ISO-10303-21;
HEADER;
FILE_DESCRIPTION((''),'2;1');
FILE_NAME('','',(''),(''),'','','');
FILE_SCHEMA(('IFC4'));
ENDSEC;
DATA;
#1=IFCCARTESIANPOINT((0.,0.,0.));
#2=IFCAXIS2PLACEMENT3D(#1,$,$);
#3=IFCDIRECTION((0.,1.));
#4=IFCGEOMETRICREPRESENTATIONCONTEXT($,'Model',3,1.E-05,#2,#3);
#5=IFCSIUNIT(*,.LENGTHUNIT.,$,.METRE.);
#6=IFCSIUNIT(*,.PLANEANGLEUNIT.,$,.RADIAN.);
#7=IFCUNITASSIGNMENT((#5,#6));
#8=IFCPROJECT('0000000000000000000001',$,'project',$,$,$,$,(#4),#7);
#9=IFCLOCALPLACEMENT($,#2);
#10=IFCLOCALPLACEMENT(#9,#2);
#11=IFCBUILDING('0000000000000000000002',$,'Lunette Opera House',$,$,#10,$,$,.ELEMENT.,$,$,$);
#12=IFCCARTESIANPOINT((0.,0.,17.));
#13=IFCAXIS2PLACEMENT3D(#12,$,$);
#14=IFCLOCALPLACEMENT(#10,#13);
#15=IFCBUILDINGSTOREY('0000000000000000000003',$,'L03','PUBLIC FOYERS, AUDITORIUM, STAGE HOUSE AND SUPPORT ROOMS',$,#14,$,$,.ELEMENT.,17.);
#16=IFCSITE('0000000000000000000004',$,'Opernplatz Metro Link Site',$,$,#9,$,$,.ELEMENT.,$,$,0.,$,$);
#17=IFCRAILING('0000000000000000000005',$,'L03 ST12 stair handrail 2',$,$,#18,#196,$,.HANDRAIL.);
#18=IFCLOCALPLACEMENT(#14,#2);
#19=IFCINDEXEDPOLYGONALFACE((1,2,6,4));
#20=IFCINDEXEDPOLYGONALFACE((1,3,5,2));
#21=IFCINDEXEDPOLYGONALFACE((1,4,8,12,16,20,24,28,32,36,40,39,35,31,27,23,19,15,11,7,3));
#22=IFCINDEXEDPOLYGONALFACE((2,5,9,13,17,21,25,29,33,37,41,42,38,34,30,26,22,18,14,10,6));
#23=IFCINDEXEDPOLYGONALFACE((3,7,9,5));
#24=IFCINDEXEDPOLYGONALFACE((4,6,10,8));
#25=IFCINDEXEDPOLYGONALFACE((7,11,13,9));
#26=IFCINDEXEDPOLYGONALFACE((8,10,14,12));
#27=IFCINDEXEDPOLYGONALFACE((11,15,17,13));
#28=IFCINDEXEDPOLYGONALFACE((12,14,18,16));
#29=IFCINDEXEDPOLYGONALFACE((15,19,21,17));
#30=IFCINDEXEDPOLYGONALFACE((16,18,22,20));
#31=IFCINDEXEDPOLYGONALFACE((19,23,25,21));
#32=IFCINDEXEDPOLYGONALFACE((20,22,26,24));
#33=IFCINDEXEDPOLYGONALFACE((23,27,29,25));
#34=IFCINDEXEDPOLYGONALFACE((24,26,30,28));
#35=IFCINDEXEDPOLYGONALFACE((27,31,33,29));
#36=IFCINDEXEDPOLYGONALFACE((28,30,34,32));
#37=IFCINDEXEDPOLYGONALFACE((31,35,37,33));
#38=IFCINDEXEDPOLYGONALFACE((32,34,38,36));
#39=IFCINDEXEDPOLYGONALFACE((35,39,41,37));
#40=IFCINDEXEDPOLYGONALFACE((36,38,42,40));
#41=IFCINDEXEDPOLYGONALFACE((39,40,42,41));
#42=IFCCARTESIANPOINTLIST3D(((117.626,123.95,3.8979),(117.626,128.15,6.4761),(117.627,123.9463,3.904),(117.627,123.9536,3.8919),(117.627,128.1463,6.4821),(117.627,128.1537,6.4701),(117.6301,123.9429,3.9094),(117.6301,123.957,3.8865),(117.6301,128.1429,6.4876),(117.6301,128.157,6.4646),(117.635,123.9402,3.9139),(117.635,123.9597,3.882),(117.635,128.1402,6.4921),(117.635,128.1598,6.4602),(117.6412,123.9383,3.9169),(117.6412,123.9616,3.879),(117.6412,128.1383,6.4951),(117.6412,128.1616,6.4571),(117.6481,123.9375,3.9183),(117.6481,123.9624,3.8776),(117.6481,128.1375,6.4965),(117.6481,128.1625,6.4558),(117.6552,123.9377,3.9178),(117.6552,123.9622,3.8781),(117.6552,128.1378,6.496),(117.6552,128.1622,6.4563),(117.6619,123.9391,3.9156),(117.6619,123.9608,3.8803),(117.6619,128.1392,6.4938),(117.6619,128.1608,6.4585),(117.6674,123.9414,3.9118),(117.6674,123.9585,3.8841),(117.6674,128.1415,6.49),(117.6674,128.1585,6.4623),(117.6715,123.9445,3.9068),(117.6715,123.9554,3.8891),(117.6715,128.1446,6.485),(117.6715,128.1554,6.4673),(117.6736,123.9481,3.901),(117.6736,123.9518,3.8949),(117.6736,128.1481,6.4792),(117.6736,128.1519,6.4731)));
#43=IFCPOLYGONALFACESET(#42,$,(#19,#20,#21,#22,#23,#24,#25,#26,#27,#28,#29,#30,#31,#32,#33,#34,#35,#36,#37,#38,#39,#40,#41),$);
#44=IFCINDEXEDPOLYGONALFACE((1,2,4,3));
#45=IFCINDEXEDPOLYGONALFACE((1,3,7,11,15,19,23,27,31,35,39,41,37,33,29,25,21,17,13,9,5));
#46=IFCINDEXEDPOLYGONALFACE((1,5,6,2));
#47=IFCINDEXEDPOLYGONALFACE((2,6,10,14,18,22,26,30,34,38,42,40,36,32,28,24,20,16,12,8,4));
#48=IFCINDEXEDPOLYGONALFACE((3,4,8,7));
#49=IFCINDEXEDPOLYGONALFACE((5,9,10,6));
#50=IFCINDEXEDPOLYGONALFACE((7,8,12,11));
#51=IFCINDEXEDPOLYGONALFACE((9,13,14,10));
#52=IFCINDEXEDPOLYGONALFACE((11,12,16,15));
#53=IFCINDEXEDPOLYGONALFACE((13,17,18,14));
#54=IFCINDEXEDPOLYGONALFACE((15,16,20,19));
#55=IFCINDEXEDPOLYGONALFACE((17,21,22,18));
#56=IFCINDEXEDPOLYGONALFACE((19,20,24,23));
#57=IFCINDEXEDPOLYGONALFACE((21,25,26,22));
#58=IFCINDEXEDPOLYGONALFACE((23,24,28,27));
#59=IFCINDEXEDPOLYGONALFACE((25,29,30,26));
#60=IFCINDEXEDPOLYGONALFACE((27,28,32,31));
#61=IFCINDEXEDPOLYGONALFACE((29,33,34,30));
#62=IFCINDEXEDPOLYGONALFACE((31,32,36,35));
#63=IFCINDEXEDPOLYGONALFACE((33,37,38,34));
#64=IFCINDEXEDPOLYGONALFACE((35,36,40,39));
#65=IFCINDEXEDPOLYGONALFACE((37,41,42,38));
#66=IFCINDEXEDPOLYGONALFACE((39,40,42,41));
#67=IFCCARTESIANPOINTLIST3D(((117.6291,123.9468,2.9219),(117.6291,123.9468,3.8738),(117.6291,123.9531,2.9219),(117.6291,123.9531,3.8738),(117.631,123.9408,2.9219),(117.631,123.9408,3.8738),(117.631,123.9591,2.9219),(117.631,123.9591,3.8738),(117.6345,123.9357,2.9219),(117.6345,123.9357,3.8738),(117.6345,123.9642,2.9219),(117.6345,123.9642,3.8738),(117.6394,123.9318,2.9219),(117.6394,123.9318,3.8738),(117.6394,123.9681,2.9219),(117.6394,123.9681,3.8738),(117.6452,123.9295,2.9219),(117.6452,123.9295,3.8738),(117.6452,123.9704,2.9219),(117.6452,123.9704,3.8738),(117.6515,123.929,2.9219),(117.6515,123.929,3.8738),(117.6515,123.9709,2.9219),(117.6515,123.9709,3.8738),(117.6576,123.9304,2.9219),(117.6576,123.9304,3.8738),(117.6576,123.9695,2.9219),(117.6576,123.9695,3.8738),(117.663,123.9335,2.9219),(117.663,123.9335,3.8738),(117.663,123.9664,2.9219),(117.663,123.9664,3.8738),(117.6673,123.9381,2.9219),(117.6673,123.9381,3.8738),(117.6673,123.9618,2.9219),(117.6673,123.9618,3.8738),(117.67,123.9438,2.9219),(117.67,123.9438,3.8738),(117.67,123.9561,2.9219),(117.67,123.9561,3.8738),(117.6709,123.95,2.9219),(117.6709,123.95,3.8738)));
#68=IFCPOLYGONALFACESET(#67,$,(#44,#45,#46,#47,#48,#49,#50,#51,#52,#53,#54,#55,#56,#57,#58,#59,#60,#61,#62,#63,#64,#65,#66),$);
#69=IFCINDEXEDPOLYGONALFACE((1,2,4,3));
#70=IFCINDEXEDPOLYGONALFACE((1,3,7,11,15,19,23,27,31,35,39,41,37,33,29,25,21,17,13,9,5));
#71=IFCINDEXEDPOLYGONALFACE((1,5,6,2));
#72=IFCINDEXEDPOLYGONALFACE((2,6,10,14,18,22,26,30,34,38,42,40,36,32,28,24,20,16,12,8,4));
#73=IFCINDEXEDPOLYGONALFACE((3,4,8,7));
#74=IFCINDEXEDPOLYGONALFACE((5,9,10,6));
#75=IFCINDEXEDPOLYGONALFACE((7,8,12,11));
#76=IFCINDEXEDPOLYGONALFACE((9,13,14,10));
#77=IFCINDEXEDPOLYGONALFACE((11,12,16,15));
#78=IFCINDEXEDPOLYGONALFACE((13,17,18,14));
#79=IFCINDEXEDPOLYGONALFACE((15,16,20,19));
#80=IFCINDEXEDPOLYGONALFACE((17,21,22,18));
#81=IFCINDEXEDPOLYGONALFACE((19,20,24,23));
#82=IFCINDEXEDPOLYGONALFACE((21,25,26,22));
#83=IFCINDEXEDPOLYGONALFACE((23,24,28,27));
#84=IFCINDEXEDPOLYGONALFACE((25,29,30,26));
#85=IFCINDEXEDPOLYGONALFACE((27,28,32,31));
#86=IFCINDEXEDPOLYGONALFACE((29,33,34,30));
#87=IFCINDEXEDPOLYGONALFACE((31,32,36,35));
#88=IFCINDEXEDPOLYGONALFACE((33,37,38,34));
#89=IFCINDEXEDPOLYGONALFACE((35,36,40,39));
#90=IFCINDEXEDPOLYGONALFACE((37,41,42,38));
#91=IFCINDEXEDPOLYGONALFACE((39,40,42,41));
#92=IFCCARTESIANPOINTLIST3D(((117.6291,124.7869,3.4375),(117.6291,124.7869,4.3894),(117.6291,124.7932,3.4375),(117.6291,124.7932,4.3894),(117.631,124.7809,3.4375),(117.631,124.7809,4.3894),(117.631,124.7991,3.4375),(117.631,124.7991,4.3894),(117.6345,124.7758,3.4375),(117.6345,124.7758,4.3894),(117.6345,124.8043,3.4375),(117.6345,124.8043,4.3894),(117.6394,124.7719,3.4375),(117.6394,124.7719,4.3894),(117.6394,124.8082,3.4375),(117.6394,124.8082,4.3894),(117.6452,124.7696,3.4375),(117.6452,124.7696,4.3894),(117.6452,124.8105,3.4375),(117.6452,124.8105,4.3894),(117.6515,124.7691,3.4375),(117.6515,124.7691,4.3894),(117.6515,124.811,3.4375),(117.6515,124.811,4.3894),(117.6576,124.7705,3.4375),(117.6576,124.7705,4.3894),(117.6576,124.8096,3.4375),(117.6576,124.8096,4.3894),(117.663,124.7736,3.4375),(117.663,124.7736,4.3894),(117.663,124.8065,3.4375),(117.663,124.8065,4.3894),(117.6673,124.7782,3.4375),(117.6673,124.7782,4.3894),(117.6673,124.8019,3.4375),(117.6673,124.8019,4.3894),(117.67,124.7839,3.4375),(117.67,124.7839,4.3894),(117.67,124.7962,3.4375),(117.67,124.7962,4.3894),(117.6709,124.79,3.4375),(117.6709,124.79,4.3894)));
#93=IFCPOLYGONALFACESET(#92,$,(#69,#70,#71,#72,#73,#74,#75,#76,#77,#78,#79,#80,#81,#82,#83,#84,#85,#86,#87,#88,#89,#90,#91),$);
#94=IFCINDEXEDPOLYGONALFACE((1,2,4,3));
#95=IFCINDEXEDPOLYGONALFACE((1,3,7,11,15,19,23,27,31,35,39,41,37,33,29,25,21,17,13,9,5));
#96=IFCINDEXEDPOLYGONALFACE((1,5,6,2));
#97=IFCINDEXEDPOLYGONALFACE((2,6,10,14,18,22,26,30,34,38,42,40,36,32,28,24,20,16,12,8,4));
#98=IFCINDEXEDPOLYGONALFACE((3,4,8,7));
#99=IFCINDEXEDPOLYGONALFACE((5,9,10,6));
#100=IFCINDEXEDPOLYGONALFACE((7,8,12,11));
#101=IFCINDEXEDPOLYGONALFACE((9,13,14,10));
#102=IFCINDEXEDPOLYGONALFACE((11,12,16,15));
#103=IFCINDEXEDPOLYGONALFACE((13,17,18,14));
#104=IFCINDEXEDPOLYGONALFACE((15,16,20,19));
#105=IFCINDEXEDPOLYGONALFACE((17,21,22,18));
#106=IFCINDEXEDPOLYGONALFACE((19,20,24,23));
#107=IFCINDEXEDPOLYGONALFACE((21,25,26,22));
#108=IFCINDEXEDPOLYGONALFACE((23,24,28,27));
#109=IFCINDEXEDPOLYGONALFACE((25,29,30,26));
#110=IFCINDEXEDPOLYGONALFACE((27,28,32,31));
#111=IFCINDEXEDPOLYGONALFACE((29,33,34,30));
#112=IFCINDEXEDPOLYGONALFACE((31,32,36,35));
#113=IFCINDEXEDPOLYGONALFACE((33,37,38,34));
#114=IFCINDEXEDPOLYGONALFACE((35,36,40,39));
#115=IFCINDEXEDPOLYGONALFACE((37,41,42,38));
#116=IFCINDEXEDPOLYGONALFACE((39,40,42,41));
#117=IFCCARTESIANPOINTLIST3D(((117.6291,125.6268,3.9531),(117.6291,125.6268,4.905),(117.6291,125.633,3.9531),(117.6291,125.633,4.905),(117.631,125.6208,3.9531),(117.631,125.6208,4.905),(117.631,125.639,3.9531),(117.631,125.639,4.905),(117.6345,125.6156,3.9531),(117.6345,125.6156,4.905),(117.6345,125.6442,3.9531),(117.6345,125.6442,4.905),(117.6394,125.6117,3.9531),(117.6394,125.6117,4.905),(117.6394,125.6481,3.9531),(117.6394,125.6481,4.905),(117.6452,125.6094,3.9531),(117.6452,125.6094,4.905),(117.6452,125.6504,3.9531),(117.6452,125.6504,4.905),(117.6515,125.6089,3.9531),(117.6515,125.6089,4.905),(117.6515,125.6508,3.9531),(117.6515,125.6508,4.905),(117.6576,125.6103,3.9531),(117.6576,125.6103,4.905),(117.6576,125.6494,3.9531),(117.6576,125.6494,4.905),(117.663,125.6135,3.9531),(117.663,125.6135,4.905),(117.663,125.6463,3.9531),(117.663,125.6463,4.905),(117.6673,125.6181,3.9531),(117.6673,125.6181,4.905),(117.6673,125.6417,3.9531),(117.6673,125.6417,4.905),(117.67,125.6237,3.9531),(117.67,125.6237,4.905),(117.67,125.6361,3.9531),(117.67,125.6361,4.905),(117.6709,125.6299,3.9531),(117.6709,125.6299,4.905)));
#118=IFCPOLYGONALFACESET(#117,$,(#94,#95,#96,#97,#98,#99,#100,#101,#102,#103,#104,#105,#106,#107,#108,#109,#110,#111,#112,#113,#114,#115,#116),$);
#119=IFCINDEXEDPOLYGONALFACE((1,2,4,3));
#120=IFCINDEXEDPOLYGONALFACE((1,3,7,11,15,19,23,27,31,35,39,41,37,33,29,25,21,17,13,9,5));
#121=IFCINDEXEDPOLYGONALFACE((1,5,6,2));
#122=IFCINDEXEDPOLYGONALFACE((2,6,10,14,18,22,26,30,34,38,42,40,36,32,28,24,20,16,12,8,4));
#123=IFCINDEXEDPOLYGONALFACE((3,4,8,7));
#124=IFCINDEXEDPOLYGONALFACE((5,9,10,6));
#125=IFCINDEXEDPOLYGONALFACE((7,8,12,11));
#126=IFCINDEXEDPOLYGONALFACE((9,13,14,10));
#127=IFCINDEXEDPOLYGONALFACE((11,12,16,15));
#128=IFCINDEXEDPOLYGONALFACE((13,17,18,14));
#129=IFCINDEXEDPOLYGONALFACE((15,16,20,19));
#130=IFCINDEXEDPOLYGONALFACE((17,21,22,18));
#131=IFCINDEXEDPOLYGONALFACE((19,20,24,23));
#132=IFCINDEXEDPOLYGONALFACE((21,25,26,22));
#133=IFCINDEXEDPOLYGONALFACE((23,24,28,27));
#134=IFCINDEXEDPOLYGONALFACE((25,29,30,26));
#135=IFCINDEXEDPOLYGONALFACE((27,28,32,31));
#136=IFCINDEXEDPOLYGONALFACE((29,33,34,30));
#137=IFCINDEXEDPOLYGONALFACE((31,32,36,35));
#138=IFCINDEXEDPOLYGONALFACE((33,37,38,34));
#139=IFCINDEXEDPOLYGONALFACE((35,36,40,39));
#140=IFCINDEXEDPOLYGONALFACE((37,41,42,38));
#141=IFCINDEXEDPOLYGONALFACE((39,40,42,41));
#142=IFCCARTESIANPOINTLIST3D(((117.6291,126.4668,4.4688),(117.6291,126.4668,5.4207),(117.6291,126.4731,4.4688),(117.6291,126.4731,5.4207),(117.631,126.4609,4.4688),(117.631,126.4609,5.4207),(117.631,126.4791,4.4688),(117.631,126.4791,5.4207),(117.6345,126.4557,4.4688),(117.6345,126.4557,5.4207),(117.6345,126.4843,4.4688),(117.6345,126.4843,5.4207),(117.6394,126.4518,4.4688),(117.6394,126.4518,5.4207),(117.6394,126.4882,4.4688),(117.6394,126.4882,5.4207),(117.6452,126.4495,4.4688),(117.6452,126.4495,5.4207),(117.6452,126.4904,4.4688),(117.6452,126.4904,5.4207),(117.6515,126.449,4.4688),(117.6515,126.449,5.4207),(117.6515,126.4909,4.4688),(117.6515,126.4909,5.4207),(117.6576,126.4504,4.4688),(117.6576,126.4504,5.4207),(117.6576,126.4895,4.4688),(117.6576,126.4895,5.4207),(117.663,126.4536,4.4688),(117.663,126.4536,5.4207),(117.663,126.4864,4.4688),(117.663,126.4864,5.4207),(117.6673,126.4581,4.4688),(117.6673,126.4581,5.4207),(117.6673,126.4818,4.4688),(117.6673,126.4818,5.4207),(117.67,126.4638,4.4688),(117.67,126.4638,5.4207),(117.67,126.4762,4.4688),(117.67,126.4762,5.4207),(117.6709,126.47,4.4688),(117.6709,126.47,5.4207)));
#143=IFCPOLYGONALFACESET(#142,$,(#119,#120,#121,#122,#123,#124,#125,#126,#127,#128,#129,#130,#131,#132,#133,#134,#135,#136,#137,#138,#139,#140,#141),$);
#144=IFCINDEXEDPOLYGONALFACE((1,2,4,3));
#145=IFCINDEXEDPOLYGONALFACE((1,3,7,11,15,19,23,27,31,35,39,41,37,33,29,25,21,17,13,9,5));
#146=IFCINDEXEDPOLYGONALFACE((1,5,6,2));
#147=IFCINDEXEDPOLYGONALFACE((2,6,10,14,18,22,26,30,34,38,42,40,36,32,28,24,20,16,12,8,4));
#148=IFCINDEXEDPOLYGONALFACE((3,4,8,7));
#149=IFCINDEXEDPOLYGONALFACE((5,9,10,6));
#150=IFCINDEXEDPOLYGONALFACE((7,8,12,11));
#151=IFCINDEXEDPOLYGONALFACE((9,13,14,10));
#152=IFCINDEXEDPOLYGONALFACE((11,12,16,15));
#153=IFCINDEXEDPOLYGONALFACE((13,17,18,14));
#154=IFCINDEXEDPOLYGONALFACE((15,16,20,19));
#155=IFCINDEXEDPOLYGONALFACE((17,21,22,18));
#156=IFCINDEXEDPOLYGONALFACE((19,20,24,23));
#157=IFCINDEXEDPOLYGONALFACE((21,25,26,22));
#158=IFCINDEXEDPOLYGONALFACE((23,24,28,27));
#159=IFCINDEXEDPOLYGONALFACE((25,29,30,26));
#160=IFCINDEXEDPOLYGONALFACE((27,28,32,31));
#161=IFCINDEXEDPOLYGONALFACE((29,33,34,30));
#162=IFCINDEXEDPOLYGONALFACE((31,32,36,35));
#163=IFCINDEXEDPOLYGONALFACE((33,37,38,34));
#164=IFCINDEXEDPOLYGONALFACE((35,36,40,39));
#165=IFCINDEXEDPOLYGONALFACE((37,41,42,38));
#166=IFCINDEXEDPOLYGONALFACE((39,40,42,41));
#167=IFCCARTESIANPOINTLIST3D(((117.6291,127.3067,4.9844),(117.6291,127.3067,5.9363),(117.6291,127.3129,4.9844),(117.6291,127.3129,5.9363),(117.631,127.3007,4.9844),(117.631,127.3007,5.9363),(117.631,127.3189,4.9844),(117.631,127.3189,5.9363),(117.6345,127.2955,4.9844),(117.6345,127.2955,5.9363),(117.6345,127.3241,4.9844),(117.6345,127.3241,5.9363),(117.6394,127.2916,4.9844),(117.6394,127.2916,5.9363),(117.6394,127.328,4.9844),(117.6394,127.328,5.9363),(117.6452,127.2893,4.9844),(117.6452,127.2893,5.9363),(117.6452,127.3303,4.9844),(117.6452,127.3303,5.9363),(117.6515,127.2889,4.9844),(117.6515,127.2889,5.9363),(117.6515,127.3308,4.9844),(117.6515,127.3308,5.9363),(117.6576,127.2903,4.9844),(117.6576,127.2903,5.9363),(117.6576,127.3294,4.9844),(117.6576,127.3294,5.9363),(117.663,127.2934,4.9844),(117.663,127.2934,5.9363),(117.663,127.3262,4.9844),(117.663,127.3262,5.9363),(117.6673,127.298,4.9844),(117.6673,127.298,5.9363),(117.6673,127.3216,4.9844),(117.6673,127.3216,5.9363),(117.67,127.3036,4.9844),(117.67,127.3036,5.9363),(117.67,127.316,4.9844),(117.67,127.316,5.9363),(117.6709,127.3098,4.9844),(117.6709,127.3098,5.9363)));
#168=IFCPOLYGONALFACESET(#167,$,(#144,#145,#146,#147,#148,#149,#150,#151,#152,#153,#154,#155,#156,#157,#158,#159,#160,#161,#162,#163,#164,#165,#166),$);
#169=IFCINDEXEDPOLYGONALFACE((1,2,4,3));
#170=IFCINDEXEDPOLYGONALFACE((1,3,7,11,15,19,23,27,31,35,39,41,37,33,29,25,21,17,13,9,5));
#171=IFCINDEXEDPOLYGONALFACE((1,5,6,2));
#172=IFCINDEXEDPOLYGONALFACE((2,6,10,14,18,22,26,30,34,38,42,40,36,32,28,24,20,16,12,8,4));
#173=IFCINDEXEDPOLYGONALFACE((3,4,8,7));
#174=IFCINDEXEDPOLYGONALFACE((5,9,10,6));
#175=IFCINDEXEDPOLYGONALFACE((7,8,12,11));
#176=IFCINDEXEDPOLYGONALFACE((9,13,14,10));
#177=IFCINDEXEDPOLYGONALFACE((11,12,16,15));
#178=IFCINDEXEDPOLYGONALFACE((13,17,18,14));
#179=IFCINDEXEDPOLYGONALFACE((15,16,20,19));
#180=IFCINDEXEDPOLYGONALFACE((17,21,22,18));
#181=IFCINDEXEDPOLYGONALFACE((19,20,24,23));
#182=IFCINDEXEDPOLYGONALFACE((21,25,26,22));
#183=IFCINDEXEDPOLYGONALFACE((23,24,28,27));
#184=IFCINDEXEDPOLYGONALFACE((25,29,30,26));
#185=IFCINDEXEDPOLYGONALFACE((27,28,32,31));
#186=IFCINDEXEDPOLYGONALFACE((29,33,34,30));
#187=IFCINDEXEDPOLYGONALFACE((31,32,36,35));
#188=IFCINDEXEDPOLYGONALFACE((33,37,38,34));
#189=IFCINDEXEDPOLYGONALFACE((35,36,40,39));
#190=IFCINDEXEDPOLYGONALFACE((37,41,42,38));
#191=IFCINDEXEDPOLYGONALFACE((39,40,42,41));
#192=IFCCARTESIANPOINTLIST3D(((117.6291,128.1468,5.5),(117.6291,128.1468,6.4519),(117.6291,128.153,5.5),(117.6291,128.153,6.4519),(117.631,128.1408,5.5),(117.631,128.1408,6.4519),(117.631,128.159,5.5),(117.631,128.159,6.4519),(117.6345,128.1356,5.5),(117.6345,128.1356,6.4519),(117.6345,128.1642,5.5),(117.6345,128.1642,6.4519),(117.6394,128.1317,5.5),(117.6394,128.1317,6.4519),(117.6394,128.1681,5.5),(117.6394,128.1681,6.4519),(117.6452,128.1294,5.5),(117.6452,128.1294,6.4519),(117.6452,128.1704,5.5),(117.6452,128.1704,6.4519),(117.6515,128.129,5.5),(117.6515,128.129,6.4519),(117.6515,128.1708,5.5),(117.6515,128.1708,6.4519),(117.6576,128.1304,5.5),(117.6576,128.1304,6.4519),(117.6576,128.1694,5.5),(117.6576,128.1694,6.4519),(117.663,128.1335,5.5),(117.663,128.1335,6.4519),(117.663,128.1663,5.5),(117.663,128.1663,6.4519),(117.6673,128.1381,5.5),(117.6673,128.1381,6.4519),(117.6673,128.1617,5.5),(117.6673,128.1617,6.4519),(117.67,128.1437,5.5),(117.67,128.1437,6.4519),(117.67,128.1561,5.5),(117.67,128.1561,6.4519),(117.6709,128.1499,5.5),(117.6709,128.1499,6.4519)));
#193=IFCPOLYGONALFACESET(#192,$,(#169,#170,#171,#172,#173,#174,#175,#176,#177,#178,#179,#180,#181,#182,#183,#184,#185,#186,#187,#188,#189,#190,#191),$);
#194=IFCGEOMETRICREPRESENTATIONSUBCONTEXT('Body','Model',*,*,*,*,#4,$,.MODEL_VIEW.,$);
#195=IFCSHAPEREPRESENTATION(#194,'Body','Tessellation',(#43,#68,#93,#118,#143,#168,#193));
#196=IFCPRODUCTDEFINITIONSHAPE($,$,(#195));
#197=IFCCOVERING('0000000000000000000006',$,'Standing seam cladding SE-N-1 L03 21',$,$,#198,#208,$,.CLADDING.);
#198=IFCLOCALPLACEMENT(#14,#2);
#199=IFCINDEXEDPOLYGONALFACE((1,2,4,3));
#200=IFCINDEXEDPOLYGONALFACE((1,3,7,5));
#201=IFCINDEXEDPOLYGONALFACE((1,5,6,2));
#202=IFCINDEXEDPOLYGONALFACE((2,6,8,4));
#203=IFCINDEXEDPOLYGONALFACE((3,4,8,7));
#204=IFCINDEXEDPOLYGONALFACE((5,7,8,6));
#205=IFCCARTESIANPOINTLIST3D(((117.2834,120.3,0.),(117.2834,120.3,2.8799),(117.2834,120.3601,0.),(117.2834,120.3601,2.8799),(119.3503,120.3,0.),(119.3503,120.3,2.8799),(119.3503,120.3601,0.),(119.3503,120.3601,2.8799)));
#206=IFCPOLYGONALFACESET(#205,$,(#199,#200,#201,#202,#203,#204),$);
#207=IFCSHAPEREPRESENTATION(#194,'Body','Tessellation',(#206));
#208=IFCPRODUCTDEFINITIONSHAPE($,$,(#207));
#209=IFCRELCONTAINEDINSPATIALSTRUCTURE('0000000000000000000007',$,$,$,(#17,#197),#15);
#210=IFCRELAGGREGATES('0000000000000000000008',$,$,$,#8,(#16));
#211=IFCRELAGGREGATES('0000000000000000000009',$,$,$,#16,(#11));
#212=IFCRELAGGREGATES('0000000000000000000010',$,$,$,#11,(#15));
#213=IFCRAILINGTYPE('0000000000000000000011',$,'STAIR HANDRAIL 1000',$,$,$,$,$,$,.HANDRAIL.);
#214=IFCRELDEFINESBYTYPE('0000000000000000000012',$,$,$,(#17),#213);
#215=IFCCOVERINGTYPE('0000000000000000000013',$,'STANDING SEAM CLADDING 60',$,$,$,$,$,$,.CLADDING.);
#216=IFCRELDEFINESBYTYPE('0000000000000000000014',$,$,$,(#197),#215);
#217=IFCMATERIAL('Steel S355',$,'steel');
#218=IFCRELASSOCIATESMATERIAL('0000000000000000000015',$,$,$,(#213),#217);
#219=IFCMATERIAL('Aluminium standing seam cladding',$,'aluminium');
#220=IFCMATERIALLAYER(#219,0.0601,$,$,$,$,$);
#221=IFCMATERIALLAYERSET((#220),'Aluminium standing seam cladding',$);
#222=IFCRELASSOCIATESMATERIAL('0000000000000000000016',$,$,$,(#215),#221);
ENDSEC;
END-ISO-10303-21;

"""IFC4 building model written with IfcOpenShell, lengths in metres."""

from ifc_helpers import new_model, si_unit, direction, frame, origin, origin_2d, place, context, subcontext, project, spatial, rectangle, circle, extrude, material, layer, layer_set, type_object, element, save


model = new_model("IFC4")

# Units and contexts
model_context = context("Model", 3, precision=1e-05, world=origin(), true_north=direction((0.0, 1.0)))
body_context = subcontext(model_context, "Body", "Model", "MODEL_VIEW")
ifc_project = project(units=[si_unit("LENGTHUNIT", "METRE"), si_unit("PLANEANGLEUNIT", "RADIAN")], contexts=[model_context])

# Site, building, storey
site_placement = place(None, origin())
site = spatial("IfcSite", under=ifc_project, at=site_placement, Name="Opernplatz Metro Link Site", CompositionType="ELEMENT", RefElevation=0.0)
building_placement = place(site_placement, origin())
building = spatial("IfcBuilding", under=site, at=building_placement, Name="Lunette Opera House", CompositionType="ELEMENT")
storey_placement = place(building_placement, frame((0.0, 0.0, 17.0)))
storey = spatial("IfcBuildingStorey", under=building, at=storey_placement, Name="L03", Description="PUBLIC FOYERS, AUDITORIUM, STAGE HOUSE AND SUPPORT ROOMS", CompositionType="ELEMENT", Elevation=17.0)

# Railing
ifc_material_1 = material(Name="Steel S355", Category="steel")
railing_type_1 = type_object("IfcRailingType", Name="STAIR HANDRAIL 1000", PredefinedType="HANDRAIL", material=ifc_material_1)
railing_1_placement = place(storey_placement, frame((117.6499, 123.95, 2.9219)))
element("IfcRailing", 1, at=railing_1_placement, inside=storey, type_object=railing_type_1, Name="L03 ST12 stair handrail 2", PredefinedType="HANDRAIL", context=body_context, shape_type="SweptSolid", body=[
    extrude(circle(Radius=0.0239, at=origin_2d()), frame((0.0, 0.0, 0.9761), z_axis=(0.0, 0.852243, 0.523146), x_axis=(-1.0, 0.0, 0.0)), (0.0, 0.0, 1.0), 4.9282),
    extrude(circle(Radius=0.021, at=origin_2d()), origin(), (0.0, 0.0, 1.0), 0.9519),
    extrude(circle(Radius=0.021, at=origin_2d()), frame((0.0, 0.8401, 0.5156)), (0.0, 0.0, 1.0), 0.9519),
    extrude(circle(Radius=0.021, at=origin_2d()), frame((0.0, 1.6799, 1.0312)), (0.0, 0.0, 1.0), 0.9519),
    extrude(circle(Radius=0.021, at=origin_2d()), frame((0.0, 2.52, 1.5469)), (0.0, 0.0, 1.0), 0.9519),
    extrude(circle(Radius=0.021, at=origin_2d()), frame((0.0, 3.3599, 2.0625)), (0.0, 0.0, 1.0), 0.9519),
    extrude(circle(Radius=0.021, at=origin_2d()), frame((0.0, 4.2, 2.5781)), (0.0, 0.0, 1.0), 0.9519),
])

# Covering
ifc_material_2 = material(Name="Aluminium standing seam cladding", Category="aluminium")
ifc_layer_1 = layer(ifc_material_2, 0.0601)
ifc_layer_set_1 = layer_set([ifc_layer_1], Name="Aluminium standing seam cladding")
covering_type = type_object("IfcCoveringType", Name="STANDING SEAM CLADDING 60", PredefinedType="CLADDING", material=ifc_layer_set_1)
covering_1_placement = place(storey_placement, frame((118.3169, 120.3301, 0.0), z_axis=(0.0, 0.0, 1.0), x_axis=(1.0, 0.0, 0.0)))
element("IfcCovering", 2, at=covering_1_placement, inside=storey, type_object=covering_type, Name="Standing seam cladding SE-N-1 L03 21", PredefinedType="CLADDING", context=body_context, shape_type="SweptSolid", body=[
    extrude(rectangle(XDim=2.0669, YDim=0.0601, at=origin_2d()), origin(), (0.0, 0.0, 1.0), 2.8799),
])

save(model, "model.ifc")
